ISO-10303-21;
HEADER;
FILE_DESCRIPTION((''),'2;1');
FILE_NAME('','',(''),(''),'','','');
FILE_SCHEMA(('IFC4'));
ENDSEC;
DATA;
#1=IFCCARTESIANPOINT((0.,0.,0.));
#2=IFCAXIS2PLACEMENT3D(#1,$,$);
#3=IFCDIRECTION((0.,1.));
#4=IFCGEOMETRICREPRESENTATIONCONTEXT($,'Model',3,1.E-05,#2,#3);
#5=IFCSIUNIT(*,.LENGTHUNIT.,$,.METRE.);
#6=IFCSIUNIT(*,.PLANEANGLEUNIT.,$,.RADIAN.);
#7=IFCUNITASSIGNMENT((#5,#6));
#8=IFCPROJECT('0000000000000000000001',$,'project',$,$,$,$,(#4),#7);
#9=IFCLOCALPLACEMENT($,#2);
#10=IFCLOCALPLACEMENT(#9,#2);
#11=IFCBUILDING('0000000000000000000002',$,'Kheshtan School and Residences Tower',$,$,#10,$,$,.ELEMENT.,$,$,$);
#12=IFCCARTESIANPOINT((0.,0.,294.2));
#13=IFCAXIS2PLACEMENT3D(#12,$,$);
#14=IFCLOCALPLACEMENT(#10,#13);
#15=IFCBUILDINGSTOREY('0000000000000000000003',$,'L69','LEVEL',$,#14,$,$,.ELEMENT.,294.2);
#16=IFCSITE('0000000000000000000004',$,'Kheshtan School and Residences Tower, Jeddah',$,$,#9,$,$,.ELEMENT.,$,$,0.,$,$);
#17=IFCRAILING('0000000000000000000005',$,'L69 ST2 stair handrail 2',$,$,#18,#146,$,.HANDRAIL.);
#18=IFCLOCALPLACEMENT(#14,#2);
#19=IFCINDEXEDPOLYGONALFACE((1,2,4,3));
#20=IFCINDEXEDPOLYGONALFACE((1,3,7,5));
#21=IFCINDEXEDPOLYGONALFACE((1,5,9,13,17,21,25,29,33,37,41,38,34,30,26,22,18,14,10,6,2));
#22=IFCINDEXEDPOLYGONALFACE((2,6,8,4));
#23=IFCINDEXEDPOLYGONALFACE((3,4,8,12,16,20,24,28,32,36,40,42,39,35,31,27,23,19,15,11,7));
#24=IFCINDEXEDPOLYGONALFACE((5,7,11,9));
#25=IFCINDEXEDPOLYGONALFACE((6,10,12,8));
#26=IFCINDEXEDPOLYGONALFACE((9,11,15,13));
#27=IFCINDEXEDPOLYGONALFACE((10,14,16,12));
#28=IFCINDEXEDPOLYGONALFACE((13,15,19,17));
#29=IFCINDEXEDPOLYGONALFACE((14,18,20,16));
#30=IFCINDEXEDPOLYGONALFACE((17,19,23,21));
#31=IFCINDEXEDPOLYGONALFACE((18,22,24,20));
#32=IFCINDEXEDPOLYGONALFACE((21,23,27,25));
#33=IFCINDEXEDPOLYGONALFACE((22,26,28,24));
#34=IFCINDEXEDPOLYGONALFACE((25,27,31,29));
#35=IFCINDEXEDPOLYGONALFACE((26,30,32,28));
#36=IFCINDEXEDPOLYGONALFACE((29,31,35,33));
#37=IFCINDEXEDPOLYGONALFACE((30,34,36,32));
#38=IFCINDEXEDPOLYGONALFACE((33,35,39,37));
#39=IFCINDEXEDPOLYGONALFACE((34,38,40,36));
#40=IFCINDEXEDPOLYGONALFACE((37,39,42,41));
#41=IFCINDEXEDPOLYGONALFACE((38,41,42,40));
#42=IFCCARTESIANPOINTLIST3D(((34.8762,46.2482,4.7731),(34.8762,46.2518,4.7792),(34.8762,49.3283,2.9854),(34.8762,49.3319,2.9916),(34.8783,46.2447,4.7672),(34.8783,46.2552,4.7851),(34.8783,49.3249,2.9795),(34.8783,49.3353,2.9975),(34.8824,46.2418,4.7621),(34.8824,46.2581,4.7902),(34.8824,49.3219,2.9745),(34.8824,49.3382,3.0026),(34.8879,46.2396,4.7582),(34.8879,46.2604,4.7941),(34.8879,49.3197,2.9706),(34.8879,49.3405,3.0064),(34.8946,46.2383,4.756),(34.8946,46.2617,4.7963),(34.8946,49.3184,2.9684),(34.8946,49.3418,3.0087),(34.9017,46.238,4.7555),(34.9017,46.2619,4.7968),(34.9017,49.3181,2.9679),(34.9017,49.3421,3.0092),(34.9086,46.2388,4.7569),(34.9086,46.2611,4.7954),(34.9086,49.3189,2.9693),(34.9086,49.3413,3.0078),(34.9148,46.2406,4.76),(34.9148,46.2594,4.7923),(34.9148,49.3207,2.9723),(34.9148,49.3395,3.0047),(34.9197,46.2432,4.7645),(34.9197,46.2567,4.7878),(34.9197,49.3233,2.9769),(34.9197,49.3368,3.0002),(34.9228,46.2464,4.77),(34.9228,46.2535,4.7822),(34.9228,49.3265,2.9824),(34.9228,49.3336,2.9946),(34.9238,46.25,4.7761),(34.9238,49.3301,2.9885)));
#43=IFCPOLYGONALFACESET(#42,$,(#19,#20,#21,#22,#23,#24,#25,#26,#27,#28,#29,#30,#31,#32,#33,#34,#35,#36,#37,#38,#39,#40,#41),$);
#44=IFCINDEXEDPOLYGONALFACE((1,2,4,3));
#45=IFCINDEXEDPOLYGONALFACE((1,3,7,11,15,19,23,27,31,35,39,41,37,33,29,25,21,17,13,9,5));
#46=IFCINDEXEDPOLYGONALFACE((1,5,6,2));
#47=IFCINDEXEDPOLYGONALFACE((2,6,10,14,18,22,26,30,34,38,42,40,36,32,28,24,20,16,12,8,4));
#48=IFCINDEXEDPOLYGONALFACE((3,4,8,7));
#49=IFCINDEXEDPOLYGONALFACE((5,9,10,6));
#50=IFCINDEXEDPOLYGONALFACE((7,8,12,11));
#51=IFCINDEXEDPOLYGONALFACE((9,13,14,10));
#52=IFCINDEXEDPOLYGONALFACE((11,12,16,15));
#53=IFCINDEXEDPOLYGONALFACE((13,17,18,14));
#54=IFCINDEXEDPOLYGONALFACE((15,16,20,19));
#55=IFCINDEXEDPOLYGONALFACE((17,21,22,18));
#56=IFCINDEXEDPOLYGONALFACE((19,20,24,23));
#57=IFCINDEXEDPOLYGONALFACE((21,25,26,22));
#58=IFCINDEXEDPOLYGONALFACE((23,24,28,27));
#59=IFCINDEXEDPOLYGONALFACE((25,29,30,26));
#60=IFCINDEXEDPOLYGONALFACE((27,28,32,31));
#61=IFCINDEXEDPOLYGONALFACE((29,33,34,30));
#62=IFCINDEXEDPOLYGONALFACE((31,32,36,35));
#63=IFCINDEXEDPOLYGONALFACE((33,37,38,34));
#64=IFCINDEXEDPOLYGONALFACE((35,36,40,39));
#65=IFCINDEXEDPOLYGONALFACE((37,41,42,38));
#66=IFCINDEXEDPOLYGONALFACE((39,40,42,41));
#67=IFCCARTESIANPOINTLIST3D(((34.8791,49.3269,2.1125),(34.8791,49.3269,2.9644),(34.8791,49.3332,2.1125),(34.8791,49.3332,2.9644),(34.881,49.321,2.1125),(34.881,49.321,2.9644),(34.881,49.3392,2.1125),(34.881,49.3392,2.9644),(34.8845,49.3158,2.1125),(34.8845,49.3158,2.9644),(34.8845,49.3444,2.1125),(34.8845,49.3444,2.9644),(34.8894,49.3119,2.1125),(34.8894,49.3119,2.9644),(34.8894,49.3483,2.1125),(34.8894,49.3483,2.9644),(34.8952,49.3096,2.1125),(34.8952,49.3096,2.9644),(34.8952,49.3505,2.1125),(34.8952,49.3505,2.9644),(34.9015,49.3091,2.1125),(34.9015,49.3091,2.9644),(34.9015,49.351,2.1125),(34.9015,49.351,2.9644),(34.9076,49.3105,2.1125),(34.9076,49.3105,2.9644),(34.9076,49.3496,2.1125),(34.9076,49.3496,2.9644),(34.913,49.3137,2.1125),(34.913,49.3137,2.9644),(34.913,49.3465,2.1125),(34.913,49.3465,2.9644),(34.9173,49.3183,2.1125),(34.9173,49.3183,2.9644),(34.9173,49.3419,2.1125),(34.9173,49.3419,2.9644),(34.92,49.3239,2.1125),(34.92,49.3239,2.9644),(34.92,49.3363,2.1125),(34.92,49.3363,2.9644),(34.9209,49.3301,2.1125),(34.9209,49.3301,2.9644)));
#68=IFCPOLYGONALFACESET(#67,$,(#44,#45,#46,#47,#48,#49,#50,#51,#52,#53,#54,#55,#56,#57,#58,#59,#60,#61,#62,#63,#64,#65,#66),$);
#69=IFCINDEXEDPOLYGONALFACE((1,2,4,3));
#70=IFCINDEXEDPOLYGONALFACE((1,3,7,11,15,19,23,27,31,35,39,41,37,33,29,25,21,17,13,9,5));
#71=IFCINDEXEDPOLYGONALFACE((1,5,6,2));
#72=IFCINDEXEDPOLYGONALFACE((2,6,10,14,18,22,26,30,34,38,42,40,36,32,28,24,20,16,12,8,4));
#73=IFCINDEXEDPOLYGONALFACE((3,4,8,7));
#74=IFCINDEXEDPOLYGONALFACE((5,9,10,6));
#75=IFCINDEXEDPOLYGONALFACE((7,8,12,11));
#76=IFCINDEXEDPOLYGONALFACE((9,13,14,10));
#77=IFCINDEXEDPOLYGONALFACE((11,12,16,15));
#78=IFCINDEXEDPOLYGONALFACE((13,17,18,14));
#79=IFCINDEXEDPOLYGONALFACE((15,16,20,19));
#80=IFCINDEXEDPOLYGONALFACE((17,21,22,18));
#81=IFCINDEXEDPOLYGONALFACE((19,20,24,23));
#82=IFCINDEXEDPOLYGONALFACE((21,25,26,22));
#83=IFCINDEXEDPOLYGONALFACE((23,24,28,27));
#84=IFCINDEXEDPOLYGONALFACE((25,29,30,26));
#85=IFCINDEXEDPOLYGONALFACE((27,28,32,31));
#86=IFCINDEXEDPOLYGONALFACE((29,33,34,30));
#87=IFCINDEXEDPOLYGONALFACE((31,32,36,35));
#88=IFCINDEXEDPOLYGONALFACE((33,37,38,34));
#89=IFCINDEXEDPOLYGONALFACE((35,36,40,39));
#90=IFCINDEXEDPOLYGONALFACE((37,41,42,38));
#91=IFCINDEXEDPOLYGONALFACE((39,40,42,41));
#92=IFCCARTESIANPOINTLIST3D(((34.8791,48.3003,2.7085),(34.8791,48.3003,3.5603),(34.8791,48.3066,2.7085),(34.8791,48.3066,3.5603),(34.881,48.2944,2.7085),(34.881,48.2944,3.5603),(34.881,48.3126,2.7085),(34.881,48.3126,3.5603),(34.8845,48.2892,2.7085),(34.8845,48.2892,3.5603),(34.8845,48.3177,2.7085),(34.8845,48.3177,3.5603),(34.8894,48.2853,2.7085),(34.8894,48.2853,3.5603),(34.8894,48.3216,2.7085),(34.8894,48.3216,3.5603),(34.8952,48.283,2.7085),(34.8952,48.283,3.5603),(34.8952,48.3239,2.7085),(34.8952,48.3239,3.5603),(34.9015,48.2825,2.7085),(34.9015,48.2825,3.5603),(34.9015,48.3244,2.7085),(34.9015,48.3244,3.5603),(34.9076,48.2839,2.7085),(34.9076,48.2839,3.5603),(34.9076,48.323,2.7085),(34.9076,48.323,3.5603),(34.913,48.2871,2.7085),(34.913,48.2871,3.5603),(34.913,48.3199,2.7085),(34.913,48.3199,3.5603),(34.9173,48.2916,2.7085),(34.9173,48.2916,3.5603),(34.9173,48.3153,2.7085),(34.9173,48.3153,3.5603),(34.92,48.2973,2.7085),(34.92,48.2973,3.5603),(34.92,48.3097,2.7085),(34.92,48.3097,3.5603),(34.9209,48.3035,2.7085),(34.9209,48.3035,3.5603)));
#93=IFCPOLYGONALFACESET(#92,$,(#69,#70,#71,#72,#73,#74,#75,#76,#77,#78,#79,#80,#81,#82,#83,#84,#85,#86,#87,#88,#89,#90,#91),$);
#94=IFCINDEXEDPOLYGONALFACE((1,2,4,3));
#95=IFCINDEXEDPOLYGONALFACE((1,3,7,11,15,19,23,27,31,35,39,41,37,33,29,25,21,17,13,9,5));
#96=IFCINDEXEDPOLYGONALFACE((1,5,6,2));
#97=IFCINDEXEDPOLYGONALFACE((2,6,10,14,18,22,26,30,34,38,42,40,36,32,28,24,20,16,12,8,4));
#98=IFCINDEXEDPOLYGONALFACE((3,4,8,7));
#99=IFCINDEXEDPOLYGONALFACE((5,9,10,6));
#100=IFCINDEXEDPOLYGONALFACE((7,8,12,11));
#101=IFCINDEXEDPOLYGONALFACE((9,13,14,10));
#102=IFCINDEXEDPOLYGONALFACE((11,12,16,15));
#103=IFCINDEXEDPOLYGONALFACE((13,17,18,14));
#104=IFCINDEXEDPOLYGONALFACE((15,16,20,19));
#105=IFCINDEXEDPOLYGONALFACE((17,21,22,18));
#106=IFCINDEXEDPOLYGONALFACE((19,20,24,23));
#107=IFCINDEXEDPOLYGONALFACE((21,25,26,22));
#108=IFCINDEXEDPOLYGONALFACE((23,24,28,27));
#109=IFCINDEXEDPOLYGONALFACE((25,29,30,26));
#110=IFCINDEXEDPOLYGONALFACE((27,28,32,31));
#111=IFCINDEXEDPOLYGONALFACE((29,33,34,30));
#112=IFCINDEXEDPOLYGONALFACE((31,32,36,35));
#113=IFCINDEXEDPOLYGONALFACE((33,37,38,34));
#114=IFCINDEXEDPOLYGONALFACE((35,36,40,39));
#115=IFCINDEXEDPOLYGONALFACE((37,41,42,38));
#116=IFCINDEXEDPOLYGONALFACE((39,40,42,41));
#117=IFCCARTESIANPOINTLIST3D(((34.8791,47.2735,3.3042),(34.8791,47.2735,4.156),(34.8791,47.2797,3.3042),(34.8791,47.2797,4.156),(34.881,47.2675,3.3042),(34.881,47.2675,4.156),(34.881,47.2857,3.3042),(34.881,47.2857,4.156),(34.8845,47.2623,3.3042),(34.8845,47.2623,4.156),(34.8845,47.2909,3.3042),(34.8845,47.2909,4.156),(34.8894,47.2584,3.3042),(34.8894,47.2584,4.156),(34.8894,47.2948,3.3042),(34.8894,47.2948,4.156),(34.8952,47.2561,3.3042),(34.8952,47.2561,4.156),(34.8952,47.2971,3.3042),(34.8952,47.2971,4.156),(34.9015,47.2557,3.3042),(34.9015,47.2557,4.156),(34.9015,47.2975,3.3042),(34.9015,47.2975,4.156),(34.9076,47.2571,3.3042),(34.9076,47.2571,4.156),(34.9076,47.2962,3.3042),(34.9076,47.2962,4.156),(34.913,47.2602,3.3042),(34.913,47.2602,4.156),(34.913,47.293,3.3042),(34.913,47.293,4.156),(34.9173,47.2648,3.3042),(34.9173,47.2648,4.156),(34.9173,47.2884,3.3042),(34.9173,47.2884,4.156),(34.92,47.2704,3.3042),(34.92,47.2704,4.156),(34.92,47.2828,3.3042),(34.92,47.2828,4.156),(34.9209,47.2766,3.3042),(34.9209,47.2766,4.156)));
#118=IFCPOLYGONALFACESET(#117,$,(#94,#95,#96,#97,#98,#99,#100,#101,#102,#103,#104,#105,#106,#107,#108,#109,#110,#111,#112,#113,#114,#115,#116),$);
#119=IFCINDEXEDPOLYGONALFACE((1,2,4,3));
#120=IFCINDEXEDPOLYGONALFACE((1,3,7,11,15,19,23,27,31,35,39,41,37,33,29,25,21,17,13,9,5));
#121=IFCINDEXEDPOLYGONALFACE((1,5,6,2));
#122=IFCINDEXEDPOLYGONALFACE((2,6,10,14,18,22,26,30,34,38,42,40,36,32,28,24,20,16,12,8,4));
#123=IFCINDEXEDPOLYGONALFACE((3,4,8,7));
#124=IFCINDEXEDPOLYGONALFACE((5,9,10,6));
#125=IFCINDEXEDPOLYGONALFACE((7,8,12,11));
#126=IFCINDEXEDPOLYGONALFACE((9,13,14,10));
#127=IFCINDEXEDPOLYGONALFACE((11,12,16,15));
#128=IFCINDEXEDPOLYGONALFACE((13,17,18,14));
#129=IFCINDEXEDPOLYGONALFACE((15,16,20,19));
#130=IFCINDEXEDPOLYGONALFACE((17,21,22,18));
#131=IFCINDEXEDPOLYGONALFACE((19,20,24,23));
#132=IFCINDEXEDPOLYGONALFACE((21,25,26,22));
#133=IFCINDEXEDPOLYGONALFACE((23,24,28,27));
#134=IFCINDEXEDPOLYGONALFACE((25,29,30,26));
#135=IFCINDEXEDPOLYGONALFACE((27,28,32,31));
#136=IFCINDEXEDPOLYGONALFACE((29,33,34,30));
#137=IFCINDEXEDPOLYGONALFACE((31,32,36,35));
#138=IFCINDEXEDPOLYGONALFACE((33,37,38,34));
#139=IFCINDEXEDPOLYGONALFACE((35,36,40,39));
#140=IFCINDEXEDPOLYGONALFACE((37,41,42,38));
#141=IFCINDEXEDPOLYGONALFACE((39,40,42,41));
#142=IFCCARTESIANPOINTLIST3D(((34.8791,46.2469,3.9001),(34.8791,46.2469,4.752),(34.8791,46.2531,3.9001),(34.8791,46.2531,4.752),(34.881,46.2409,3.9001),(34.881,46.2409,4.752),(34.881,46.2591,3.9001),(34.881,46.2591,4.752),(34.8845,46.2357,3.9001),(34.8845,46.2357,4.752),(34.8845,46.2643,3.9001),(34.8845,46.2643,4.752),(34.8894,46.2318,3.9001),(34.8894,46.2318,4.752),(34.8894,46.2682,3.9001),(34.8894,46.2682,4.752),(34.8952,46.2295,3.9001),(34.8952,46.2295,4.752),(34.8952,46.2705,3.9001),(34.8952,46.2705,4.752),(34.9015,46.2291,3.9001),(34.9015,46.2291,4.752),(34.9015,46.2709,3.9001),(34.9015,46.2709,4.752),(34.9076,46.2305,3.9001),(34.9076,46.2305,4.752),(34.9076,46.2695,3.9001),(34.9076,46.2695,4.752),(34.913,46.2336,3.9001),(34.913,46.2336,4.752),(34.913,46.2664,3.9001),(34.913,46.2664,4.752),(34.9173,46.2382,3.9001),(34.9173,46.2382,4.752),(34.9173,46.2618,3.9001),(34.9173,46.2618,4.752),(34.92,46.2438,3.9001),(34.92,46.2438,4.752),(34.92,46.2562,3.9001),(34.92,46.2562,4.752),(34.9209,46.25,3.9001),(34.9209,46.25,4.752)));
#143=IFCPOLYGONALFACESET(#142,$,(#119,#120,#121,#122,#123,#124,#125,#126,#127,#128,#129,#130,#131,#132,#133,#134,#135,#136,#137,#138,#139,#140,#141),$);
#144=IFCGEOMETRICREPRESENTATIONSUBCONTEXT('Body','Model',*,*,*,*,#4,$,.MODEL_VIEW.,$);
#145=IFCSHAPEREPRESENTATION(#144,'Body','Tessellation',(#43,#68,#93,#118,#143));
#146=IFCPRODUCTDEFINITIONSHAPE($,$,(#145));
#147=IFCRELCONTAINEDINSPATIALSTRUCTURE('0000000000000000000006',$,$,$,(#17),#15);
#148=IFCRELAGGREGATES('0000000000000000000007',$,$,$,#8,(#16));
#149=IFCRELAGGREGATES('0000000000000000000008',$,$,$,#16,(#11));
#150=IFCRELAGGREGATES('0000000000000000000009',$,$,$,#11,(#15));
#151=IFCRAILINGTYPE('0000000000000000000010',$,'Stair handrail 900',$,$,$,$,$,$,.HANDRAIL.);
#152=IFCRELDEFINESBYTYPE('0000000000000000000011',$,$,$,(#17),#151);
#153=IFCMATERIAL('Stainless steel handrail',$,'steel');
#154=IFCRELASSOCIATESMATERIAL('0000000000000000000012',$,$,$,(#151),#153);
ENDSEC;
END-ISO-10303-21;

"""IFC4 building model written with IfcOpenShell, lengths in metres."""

from ifc_helpers import new_model, si_unit, direction, frame, origin, origin_2d, place, context, subcontext, project, spatial, circle, extrude, material, type_object, element, save


model = new_model("IFC4")

# Units and contexts
model_context = context("Model", 3, precision=1e-05, world=origin(), true_north=direction((0.0, 1.0)))
body_context = subcontext(model_context, "Body", "Model", "MODEL_VIEW")
ifc_project = project(units=[si_unit("LENGTHUNIT", "METRE"), si_unit("PLANEANGLEUNIT", "RADIAN")], contexts=[model_context])

# Site, building, storey
site_placement = place(None, origin())
site = spatial("IfcSite", under=ifc_project, at=site_placement, Name="Kheshtan School and Residences Tower, Jeddah", CompositionType="ELEMENT", RefElevation=0.0)
building_placement = place(site_placement, origin())
building = spatial("IfcBuilding", under=site, at=building_placement, Name="Kheshtan School and Residences Tower", CompositionType="ELEMENT")
storey_placement = place(building_placement, frame((0.0, 0.0, 294.2)))
storey = spatial("IfcBuildingStorey", under=building, at=storey_placement, Name="L69", Description="LEVEL", CompositionType="ELEMENT", Elevation=294.2)

# Railing
ifc_material_1 = material(Name="Stainless steel handrail", Category="steel")
railing_type_1 = type_object("IfcRailingType", Name="Stair handrail 900", PredefinedType="HANDRAIL", material=ifc_material_1)
railing_1_placement = place(storey_placement, frame((34.8999, 49.3301, 2.1125)))
element("IfcRailing", 1, at=railing_1_placement, inside=storey, type_object=railing_type_1, Name="L69 ST2 stair handrail 2", PredefinedType="HANDRAIL", context=body_context, shape_type="SweptSolid", body=[
    extrude(circle(Radius=0.0239, at=origin_2d()), frame((0.0, 0.0, 0.876), z_axis=(0.0, -0.864891, 0.50196), x_axis=(1.0, 0.0, 0.0)), (0.0, 0.0, 1.0), 3.5613),
    extrude(circle(Radius=0.021, at=origin_2d()), origin(), (0.0, 0.0, 1.0), 0.8518),
    extrude(circle(Radius=0.021, at=origin_2d()), frame((0.0, -1.0266, 0.5959)), (0.0, 0.0, 1.0), 0.8518),
    extrude(circle(Radius=0.021, at=origin_2d()), frame((0.0, -2.0535, 1.1917)), (0.0, 0.0, 1.0), 0.8518),
    extrude(circle(Radius=0.021, at=origin_2d()), frame((0.0, -3.0801, 1.7876)), (0.0, 0.0, 1.0), 0.8518),
])

save(model, "model.ifc")
